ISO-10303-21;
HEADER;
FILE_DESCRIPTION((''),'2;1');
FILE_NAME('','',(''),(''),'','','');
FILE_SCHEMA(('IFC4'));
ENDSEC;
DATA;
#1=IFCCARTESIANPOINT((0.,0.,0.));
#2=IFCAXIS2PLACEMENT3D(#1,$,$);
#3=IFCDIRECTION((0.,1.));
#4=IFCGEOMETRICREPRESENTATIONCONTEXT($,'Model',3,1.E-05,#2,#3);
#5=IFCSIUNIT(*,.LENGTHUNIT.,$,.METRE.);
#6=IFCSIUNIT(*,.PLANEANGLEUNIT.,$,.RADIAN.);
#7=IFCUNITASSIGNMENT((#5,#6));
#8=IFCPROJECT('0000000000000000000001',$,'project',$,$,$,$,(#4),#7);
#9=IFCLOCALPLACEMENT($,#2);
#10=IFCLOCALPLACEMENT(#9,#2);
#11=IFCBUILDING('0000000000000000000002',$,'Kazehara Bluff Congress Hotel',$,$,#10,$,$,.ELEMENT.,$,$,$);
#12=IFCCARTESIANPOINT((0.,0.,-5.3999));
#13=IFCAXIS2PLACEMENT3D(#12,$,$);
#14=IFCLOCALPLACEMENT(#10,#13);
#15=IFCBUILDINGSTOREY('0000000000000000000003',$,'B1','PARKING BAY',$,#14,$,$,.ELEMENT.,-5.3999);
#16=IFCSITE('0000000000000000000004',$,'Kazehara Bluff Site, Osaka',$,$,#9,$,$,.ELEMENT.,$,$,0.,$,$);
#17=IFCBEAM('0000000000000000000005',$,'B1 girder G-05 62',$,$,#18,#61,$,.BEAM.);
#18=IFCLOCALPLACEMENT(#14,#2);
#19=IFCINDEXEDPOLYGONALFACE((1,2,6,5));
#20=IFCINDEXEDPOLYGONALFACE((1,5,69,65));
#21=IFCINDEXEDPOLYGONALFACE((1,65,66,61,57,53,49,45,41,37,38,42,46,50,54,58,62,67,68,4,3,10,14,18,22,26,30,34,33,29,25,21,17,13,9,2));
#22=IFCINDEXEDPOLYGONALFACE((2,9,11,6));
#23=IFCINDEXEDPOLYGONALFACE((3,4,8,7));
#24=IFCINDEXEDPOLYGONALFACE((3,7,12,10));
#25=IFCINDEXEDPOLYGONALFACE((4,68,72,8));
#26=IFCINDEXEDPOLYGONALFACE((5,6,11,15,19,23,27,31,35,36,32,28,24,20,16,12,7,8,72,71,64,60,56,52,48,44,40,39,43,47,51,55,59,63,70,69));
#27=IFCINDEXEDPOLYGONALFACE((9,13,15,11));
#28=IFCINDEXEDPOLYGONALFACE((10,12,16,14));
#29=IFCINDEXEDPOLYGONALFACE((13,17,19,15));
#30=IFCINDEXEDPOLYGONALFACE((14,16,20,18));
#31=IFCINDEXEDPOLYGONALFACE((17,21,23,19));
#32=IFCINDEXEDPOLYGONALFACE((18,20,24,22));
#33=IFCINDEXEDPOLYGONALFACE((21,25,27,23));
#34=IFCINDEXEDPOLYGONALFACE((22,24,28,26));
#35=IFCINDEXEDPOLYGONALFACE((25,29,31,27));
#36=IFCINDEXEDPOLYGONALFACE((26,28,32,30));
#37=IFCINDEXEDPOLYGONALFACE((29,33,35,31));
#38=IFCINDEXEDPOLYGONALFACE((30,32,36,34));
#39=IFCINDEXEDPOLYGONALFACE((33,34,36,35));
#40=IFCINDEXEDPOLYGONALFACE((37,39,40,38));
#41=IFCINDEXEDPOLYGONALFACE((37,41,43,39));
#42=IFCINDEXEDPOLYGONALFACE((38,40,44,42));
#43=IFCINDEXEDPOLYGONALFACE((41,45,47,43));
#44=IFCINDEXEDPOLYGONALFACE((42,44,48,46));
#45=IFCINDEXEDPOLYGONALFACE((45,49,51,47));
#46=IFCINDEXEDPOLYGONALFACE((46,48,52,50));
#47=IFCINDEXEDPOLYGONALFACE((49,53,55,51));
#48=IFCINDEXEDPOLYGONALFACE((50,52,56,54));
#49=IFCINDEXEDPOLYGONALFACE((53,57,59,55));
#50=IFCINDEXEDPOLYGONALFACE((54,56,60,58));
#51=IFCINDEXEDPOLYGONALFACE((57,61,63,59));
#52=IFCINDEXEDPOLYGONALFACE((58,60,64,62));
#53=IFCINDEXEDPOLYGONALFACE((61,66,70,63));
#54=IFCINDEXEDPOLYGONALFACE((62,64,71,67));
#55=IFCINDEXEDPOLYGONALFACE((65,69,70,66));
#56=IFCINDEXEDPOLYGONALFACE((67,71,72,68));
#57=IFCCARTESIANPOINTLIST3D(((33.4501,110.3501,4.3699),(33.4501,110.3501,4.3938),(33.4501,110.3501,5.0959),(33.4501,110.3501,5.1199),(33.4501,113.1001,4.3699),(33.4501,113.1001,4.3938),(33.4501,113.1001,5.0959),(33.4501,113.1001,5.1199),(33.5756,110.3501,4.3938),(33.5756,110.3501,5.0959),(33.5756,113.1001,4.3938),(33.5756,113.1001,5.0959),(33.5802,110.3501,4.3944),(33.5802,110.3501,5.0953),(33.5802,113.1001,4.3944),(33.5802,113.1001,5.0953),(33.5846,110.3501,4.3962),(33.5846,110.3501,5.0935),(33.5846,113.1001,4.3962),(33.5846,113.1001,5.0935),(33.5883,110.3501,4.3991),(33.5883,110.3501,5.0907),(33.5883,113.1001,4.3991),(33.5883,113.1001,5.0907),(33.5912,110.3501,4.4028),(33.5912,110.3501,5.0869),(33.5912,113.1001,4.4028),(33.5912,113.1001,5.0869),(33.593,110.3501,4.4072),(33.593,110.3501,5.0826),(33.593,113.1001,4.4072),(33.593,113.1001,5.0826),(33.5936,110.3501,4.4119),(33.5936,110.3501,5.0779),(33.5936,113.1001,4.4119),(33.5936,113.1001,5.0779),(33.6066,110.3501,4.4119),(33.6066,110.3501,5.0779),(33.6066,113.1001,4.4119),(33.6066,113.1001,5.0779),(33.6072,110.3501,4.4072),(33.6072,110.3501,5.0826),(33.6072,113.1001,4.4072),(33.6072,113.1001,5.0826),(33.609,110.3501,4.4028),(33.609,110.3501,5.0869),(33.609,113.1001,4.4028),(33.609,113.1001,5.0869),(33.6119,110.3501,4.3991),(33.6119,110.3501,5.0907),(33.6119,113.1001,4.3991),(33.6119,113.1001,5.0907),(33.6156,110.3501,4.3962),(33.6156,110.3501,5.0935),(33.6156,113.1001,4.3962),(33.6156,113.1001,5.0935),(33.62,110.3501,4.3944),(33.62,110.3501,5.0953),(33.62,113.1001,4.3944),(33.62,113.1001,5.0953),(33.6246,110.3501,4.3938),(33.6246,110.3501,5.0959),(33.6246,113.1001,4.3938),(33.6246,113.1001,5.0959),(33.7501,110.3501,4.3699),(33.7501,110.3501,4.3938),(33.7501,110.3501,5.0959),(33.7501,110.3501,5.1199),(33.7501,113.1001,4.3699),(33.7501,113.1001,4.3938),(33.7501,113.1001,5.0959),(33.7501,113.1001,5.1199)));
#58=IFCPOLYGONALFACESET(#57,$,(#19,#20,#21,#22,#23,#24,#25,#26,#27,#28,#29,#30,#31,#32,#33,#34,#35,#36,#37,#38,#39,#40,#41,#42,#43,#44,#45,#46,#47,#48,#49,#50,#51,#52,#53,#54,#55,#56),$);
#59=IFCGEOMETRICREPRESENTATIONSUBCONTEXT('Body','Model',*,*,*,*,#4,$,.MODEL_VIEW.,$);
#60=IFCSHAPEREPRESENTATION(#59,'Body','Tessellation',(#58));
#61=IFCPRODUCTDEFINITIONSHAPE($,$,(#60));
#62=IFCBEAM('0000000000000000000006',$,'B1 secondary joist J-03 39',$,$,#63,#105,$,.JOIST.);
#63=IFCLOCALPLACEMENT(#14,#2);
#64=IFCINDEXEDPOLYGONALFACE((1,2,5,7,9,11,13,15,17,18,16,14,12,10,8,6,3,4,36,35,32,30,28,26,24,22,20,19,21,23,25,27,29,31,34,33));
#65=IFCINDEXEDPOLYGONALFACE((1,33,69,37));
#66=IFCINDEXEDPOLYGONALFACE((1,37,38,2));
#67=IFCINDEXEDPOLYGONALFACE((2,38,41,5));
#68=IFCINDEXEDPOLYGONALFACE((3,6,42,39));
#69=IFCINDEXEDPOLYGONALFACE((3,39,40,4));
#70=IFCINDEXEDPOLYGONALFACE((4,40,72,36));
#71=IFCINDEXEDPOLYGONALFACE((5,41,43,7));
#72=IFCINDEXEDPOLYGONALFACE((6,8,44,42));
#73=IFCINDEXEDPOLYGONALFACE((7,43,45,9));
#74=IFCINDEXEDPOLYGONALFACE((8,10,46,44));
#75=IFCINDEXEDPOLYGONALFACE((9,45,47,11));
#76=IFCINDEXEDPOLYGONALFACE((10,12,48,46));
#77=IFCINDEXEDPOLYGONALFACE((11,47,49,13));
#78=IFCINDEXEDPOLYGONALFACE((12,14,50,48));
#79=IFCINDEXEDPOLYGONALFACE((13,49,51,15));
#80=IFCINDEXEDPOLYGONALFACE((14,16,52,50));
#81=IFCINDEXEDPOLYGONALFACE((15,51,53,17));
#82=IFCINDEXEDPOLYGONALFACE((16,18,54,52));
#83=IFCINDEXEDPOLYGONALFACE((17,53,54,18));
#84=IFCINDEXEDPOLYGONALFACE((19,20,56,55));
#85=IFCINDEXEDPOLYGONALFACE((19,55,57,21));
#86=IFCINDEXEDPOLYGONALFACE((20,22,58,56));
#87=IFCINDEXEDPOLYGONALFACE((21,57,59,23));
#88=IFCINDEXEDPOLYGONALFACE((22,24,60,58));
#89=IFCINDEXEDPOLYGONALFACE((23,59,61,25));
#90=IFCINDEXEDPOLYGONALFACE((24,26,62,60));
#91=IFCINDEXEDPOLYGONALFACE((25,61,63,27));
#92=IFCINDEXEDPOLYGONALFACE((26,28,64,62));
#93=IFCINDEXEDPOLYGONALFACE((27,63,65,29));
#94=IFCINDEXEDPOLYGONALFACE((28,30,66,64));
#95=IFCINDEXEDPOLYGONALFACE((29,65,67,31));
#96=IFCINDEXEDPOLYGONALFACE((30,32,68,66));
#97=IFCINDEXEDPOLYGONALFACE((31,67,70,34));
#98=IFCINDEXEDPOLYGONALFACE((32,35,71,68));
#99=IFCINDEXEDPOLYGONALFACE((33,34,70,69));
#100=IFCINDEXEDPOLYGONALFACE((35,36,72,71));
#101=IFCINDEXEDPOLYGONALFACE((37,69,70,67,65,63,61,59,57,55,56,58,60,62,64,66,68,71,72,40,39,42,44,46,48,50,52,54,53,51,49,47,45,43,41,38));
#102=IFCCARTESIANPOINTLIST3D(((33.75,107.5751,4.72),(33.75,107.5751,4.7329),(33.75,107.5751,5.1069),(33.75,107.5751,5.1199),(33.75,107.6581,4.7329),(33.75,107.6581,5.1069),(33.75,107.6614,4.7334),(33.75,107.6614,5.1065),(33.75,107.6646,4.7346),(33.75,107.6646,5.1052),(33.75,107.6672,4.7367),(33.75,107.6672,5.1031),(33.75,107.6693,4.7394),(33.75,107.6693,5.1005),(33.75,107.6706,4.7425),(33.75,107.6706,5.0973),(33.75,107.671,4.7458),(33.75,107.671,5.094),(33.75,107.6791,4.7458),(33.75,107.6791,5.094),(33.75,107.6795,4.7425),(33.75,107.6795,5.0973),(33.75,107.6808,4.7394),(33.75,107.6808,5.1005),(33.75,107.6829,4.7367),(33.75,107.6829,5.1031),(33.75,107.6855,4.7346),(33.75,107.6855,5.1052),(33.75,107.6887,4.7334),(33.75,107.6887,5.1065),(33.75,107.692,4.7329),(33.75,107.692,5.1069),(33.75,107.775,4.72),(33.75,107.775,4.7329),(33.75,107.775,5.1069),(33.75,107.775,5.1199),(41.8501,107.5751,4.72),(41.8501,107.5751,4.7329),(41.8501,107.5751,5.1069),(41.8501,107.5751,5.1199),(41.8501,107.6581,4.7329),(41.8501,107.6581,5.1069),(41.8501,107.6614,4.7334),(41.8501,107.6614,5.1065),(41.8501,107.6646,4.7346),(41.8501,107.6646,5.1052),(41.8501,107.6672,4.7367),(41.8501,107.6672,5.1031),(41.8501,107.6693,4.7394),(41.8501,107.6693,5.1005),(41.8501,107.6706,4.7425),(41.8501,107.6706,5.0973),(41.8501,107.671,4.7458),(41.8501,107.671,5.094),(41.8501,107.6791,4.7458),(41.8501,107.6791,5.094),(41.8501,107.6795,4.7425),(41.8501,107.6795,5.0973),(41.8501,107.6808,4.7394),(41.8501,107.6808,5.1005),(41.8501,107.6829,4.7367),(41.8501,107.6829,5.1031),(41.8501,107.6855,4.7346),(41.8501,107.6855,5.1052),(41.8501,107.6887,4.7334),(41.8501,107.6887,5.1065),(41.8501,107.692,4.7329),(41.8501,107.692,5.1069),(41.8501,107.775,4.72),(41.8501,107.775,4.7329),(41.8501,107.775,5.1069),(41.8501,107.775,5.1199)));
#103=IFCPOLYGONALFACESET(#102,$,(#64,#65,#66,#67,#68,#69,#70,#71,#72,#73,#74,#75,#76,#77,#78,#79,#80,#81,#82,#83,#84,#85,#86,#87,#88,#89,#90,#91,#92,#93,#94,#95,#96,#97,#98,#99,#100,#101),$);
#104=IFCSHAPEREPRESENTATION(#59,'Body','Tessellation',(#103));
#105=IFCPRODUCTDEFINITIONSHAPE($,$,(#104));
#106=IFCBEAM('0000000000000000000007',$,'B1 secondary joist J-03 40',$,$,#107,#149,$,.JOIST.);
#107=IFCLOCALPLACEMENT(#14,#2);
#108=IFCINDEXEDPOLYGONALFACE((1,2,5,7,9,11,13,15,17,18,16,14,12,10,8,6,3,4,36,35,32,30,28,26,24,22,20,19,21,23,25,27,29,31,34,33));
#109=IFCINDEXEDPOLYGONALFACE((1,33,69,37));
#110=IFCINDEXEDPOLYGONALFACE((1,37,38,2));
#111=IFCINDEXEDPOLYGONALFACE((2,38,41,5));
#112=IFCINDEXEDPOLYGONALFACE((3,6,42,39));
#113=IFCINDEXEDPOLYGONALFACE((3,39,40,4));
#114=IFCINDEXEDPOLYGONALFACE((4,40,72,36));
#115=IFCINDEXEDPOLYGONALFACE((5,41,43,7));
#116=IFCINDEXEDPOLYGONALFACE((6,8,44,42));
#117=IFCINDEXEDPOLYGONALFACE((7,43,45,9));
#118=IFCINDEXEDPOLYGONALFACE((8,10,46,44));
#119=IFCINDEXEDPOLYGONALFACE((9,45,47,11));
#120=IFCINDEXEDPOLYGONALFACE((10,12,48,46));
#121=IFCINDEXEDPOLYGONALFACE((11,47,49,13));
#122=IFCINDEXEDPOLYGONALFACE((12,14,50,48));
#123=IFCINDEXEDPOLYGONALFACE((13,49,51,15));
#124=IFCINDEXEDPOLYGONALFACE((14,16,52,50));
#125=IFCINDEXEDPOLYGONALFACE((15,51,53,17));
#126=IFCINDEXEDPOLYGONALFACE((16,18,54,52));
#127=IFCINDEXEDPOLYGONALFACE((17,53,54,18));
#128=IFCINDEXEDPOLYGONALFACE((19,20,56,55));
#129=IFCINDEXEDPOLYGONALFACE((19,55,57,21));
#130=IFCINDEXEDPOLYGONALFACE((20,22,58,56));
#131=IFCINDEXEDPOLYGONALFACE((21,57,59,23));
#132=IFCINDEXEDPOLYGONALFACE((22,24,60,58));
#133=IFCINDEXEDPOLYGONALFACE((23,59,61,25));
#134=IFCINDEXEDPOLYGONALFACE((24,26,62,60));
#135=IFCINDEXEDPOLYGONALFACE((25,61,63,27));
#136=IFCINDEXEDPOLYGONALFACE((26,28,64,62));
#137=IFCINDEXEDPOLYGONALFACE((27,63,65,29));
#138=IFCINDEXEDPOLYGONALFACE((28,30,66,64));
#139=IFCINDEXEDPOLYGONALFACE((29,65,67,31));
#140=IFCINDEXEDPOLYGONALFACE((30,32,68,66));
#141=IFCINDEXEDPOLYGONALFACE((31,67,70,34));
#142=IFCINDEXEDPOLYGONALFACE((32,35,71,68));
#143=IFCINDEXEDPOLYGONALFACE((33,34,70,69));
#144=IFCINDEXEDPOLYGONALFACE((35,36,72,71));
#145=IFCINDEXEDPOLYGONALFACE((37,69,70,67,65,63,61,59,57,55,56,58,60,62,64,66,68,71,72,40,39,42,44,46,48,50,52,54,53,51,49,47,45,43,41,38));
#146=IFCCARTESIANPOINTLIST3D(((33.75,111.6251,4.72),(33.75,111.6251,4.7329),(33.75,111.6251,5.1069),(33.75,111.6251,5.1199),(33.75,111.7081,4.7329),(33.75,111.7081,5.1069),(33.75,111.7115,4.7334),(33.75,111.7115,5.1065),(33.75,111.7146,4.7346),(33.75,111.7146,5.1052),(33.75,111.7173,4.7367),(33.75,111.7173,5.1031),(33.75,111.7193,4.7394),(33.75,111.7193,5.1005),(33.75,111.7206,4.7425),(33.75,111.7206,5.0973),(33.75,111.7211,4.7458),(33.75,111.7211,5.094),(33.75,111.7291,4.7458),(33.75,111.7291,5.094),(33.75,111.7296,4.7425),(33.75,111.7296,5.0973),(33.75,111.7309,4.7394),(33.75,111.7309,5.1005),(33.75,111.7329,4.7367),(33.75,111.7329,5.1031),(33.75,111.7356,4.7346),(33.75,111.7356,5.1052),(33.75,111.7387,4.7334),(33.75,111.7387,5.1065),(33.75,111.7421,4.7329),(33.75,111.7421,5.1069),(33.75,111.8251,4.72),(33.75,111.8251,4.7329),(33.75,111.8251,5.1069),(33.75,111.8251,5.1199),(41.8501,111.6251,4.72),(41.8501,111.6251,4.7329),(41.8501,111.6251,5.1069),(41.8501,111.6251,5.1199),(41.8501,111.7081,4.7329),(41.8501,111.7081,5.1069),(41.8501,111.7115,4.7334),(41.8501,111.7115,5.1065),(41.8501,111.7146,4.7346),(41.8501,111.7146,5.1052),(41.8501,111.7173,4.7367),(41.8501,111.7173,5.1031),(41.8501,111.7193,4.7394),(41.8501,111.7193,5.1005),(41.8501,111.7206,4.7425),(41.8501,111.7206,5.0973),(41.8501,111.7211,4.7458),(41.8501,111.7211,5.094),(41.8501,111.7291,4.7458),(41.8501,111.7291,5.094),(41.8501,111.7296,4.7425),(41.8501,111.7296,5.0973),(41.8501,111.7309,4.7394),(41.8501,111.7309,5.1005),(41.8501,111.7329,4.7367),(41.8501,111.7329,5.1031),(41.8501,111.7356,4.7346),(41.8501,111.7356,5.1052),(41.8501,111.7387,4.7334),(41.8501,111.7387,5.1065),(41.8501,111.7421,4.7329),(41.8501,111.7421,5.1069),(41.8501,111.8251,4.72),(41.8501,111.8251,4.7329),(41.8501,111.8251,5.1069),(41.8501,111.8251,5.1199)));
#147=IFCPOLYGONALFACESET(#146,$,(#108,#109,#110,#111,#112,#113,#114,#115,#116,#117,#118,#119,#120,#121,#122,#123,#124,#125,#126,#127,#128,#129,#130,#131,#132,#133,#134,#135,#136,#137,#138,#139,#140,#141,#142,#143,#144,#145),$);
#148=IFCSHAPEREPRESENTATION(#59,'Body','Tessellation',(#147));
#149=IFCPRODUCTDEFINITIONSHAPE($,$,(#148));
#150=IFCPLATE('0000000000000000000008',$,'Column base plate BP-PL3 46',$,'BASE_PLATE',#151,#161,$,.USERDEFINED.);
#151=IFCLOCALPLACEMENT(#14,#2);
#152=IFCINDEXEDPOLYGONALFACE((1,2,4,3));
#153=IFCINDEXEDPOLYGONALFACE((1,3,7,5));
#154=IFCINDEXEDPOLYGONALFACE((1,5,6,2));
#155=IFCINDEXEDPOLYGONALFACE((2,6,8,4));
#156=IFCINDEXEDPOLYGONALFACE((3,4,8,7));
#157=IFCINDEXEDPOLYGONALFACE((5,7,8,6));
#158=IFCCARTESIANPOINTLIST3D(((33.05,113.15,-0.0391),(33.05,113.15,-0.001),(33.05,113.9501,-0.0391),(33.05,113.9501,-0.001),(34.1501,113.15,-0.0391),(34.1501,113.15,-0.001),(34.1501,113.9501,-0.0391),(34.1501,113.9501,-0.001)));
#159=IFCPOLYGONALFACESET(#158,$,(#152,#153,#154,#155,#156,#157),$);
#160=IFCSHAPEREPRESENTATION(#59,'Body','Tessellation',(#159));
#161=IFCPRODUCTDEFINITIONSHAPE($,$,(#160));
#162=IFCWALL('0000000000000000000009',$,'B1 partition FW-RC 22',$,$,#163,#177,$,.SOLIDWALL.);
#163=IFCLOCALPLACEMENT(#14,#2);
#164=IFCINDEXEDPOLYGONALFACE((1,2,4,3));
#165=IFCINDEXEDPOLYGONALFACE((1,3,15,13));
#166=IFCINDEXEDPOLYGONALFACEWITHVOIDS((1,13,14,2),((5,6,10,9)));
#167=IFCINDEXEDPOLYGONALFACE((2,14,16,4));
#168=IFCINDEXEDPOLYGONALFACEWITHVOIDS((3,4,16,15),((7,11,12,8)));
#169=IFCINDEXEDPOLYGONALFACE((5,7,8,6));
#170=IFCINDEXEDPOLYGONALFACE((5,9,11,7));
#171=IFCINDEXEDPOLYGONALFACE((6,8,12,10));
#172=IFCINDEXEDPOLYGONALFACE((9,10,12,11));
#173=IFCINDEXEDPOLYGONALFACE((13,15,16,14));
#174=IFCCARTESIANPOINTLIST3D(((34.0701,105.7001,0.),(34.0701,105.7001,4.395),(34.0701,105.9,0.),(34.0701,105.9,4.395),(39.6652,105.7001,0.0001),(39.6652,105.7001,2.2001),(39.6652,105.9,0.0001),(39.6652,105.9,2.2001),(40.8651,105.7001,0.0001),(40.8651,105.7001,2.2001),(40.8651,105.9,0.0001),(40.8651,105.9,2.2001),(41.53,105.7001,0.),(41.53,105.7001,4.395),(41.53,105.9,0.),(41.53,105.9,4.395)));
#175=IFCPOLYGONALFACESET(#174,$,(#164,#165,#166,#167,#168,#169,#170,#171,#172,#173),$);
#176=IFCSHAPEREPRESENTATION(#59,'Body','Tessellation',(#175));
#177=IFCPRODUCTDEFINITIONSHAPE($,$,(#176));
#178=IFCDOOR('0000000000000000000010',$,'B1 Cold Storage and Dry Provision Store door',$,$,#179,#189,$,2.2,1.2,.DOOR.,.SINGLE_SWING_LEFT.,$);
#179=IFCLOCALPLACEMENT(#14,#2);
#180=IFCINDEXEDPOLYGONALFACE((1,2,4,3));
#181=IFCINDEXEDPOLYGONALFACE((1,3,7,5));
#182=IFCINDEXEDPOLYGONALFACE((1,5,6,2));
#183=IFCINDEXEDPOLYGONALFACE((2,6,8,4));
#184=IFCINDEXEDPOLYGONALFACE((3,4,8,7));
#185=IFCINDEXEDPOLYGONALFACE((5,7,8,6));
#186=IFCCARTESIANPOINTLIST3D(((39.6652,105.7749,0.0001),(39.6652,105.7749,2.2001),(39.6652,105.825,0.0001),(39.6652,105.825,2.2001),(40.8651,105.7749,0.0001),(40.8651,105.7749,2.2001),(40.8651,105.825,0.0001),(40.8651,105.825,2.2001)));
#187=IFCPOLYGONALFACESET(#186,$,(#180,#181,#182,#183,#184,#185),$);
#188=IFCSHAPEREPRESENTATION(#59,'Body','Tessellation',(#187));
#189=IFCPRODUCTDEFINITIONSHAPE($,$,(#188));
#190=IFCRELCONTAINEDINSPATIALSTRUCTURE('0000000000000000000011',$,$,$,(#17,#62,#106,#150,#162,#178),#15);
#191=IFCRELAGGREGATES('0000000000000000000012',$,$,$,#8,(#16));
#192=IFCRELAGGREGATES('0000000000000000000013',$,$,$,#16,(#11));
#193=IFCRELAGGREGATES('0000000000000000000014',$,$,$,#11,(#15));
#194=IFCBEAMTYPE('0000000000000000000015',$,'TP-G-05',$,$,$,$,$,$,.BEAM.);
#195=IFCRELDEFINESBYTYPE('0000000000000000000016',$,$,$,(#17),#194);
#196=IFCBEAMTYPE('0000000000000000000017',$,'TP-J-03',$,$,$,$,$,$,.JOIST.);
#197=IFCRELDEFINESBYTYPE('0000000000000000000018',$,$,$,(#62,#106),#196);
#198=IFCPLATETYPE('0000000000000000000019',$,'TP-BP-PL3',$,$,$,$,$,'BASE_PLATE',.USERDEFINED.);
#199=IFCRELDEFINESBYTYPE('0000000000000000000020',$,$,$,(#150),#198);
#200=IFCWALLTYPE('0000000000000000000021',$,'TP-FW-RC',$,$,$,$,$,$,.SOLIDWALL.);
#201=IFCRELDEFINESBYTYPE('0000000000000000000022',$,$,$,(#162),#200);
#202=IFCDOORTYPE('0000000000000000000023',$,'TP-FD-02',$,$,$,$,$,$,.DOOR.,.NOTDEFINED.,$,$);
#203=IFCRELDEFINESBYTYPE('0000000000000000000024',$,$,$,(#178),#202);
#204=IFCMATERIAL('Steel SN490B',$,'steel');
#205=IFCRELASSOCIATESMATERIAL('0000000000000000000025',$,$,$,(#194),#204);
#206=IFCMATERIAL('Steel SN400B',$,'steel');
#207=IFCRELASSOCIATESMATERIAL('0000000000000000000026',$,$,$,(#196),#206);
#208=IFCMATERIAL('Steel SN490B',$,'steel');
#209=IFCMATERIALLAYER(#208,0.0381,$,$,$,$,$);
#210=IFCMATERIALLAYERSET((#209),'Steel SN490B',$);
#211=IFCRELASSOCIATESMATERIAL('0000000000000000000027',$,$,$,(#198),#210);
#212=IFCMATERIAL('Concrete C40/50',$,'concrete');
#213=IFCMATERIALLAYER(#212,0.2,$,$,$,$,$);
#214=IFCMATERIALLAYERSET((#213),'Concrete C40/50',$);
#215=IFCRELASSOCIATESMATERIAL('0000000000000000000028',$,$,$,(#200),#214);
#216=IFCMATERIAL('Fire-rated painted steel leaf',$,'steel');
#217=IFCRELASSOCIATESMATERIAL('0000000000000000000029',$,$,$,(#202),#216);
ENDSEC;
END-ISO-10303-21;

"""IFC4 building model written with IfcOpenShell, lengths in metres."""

from ifc_helpers import new_model, si_unit, direction, frame, frame_2d, origin, origin_2d, place, context, subcontext, project, spatial, rectangle, i_section, extrude, material, layer, layer_set, material_profile, profile_set, type_object, element, fill, save


model = new_model("IFC4")

# Units and contexts
model_context = context("Model", 3, precision=1e-05, world=origin(), true_north=direction((0.0, 1.0)))
body_context = subcontext(model_context, "Body", "Model", "MODEL_VIEW")
ifc_project = project(units=[si_unit("LENGTHUNIT", "METRE"), si_unit("PLANEANGLEUNIT", "RADIAN")], contexts=[model_context])

# Site, building, storey
site_placement = place(None, origin())
site = spatial("IfcSite", under=ifc_project, at=site_placement, Name="Kazehara Bluff Site, Osaka", CompositionType="ELEMENT", RefElevation=0.0)
building_placement = place(site_placement, origin())
building = spatial("IfcBuilding", under=site, at=building_placement, Name="Kazehara Bluff Congress Hotel", CompositionType="ELEMENT")
storey_placement = place(building_placement, frame((0.0, 0.0, -5.3999)))
storey = spatial("IfcBuildingStorey", under=building, at=storey_placement, Name="B1", Description="PARKING BAY", CompositionType="ELEMENT", Elevation=-5.3999)

# Beams
ifc_material_1 = material(Name="Steel SN490B", Category="steel")
ifc_material_profile_1 = material_profile(ifc_material_1, i_section(OverallWidth=0.3, OverallDepth=0.75, WebThickness=0.0129, FlangeThickness=0.0239, FilletRadius=0.0181, at=origin_2d()))
ifc_profile_set_1 = profile_set([ifc_material_profile_1], Name="Steel SN490B")
beam_type_1 = type_object("IfcBeamType", Name="TP-G-05", PredefinedType="BEAM", material=ifc_profile_set_1)
beam_1_placement = place(storey_placement, frame((33.6001, 110.3501, 4.7449), z_axis=(0.0, 1.0, 0.0), x_axis=(-1.0, 0.0, 0.0)))
element("IfcBeam", 1, at=beam_1_placement, inside=storey, type_object=beam_type_1, Name="B1 girder G-05 62", PredefinedType="BEAM", context=body_context, shape_type="SweptSolid", body=[
    extrude(i_section(OverallWidth=0.3, OverallDepth=0.75, WebThickness=0.0129, FlangeThickness=0.0239, FilletRadius=0.0181, at=origin_2d()), origin(), (0.0, 0.0, 1.0), 2.75),
])
ifc_material_2 = material(Name="Steel SN400B", Category="steel")
ifc_material_profile_2 = material_profile(ifc_material_2, i_section(OverallWidth=0.2, OverallDepth=0.3999, WebThickness=0.0081, FlangeThickness=0.0129, FilletRadius=0.0129, at=origin_2d()))
ifc_profile_set_2 = profile_set([ifc_material_profile_2], Name="Steel SN400B")
beam_type_2 = type_object("IfcBeamType", Name="TP-J-03", PredefinedType="JOIST", material=ifc_profile_set_2)
for number, where, z_axis, x_axis, name in (
    (2, (33.75, 107.675, 4.9199), (1.0, 0.0, 0.0), (0.0, 1.0, 0.0), "B1 secondary joist J-03 39"),
    (3, (33.75, 111.7251, 4.9199), (1.0, 0.0, 0.0), (0.0, 1.0, 0.0), "B1 secondary joist J-03 40"),
):
    element("IfcBeam", number, at=place(storey_placement, frame(where, z_axis=z_axis, x_axis=x_axis)), inside=storey, type_object=beam_type_2, Name=name, PredefinedType="JOIST", context=body_context, shape_type="SweptSolid", body=[
        extrude(i_section(OverallWidth=0.2, OverallDepth=0.3999, WebThickness=0.0081, FlangeThickness=0.0129, FilletRadius=0.0129, at=origin_2d()), origin(), (0.0, 0.0, 1.0), 8.1001),
    ])

# Plate
ifc_material_3 = material(Name="Steel SN490B", Category="steel")
ifc_layer_1 = layer(ifc_material_3, 0.0381)
ifc_layer_set_1 = layer_set([ifc_layer_1], Name="Steel SN490B")
plate_type = type_object("IfcPlateType", Name="TP-BP-PL3", ElementType="BASE_PLATE", PredefinedType="USERDEFINED", material=ifc_layer_set_1)
plate_placement = place(storey_placement, frame((33.6001, 113.55, -0.0391), z_axis=(0.0, 0.0, 1.0), x_axis=(1.0, 0.0, 0.0)))
element("IfcPlate", 4, at=plate_placement, inside=storey, type_object=plate_type, Name="Column base plate BP-PL3 46", ObjectType="BASE_PLATE", PredefinedType="USERDEFINED", context=body_context, shape_type="SweptSolid", body=[
    extrude(rectangle(XDim=1.1001, YDim=0.8, at=origin_2d()), origin(), (0.0, 0.0, 1.0), 0.0381),
])

# Wall, opening, door
ifc_material_4 = material(Name="Concrete C40/50", Category="concrete")
ifc_layer_2 = layer(ifc_material_4, 0.2)
ifc_layer_set_2 = layer_set([ifc_layer_2], Name="Concrete C40/50")
wall_type = type_object("IfcWallType", Name="TP-FW-RC", PredefinedType="SOLIDWALL", material=ifc_layer_set_2)
wall_placement = place(storey_placement, frame((34.0701, 105.8, 0.0), z_axis=(0.0, 0.0, 1.0), x_axis=(1.0, 0.0, 0.0)))
wall = element("IfcWall", 5, at=wall_placement, inside=storey, type_object=wall_type, Name="B1 partition FW-RC 22", PredefinedType="SOLIDWALL", context=body_context, shape_type="SweptSolid", body=[
    extrude(rectangle(XDim=7.46, YDim=0.2, at=frame_2d((3.73, 0.0))), origin(), (0.0, 0.0, 1.0), 4.395),
])
opening_placement = place(wall_placement, frame((5.595, 0.0, 0.0)))
opening = element("IfcOpeningElement", 6, at=opening_placement, cuts=wall, PredefinedType="OPENING", context=body_context, shape_type="SweptSolid", body=[
    extrude(rectangle(XDim=1.2, YDim=2.2, at=frame_2d((0.6001, 1.1001))), frame((0.0, 0.1099, 0.0), z_axis=(0.0, -1.0, 0.0), x_axis=(1.0, 0.0, 0.0)), (0.0, 0.0, 1.0), 0.22),
])
ifc_material_5 = material(Name="Fire-rated painted steel leaf", Category="steel")
door_type = type_object("IfcDoorType", Name="TP-FD-02", OperationType="NOTDEFINED", PredefinedType="DOOR", material=ifc_material_5)
door_placement = place(opening_placement, origin())
door = element("IfcDoor", 7, at=door_placement, inside=storey, type_object=door_type, Name="B1 Cold Storage and Dry Provision Store door", OperationType="SINGLE_SWING_LEFT", OverallHeight=2.2, OverallWidth=1.2, PredefinedType="DOOR", context=body_context, shape_type="SweptSolid", body=[
    extrude(rectangle(XDim=1.2, YDim=2.2, at=frame_2d((0.6001, 1.1001))), frame((0.0, 0.0249, 0.0), z_axis=(0.0, -1.0, 0.0), x_axis=(1.0, 0.0, 0.0)), (0.0, 0.0, 1.0), 0.05),
])
fill(opening, door)

save(model, "model.ifc")
